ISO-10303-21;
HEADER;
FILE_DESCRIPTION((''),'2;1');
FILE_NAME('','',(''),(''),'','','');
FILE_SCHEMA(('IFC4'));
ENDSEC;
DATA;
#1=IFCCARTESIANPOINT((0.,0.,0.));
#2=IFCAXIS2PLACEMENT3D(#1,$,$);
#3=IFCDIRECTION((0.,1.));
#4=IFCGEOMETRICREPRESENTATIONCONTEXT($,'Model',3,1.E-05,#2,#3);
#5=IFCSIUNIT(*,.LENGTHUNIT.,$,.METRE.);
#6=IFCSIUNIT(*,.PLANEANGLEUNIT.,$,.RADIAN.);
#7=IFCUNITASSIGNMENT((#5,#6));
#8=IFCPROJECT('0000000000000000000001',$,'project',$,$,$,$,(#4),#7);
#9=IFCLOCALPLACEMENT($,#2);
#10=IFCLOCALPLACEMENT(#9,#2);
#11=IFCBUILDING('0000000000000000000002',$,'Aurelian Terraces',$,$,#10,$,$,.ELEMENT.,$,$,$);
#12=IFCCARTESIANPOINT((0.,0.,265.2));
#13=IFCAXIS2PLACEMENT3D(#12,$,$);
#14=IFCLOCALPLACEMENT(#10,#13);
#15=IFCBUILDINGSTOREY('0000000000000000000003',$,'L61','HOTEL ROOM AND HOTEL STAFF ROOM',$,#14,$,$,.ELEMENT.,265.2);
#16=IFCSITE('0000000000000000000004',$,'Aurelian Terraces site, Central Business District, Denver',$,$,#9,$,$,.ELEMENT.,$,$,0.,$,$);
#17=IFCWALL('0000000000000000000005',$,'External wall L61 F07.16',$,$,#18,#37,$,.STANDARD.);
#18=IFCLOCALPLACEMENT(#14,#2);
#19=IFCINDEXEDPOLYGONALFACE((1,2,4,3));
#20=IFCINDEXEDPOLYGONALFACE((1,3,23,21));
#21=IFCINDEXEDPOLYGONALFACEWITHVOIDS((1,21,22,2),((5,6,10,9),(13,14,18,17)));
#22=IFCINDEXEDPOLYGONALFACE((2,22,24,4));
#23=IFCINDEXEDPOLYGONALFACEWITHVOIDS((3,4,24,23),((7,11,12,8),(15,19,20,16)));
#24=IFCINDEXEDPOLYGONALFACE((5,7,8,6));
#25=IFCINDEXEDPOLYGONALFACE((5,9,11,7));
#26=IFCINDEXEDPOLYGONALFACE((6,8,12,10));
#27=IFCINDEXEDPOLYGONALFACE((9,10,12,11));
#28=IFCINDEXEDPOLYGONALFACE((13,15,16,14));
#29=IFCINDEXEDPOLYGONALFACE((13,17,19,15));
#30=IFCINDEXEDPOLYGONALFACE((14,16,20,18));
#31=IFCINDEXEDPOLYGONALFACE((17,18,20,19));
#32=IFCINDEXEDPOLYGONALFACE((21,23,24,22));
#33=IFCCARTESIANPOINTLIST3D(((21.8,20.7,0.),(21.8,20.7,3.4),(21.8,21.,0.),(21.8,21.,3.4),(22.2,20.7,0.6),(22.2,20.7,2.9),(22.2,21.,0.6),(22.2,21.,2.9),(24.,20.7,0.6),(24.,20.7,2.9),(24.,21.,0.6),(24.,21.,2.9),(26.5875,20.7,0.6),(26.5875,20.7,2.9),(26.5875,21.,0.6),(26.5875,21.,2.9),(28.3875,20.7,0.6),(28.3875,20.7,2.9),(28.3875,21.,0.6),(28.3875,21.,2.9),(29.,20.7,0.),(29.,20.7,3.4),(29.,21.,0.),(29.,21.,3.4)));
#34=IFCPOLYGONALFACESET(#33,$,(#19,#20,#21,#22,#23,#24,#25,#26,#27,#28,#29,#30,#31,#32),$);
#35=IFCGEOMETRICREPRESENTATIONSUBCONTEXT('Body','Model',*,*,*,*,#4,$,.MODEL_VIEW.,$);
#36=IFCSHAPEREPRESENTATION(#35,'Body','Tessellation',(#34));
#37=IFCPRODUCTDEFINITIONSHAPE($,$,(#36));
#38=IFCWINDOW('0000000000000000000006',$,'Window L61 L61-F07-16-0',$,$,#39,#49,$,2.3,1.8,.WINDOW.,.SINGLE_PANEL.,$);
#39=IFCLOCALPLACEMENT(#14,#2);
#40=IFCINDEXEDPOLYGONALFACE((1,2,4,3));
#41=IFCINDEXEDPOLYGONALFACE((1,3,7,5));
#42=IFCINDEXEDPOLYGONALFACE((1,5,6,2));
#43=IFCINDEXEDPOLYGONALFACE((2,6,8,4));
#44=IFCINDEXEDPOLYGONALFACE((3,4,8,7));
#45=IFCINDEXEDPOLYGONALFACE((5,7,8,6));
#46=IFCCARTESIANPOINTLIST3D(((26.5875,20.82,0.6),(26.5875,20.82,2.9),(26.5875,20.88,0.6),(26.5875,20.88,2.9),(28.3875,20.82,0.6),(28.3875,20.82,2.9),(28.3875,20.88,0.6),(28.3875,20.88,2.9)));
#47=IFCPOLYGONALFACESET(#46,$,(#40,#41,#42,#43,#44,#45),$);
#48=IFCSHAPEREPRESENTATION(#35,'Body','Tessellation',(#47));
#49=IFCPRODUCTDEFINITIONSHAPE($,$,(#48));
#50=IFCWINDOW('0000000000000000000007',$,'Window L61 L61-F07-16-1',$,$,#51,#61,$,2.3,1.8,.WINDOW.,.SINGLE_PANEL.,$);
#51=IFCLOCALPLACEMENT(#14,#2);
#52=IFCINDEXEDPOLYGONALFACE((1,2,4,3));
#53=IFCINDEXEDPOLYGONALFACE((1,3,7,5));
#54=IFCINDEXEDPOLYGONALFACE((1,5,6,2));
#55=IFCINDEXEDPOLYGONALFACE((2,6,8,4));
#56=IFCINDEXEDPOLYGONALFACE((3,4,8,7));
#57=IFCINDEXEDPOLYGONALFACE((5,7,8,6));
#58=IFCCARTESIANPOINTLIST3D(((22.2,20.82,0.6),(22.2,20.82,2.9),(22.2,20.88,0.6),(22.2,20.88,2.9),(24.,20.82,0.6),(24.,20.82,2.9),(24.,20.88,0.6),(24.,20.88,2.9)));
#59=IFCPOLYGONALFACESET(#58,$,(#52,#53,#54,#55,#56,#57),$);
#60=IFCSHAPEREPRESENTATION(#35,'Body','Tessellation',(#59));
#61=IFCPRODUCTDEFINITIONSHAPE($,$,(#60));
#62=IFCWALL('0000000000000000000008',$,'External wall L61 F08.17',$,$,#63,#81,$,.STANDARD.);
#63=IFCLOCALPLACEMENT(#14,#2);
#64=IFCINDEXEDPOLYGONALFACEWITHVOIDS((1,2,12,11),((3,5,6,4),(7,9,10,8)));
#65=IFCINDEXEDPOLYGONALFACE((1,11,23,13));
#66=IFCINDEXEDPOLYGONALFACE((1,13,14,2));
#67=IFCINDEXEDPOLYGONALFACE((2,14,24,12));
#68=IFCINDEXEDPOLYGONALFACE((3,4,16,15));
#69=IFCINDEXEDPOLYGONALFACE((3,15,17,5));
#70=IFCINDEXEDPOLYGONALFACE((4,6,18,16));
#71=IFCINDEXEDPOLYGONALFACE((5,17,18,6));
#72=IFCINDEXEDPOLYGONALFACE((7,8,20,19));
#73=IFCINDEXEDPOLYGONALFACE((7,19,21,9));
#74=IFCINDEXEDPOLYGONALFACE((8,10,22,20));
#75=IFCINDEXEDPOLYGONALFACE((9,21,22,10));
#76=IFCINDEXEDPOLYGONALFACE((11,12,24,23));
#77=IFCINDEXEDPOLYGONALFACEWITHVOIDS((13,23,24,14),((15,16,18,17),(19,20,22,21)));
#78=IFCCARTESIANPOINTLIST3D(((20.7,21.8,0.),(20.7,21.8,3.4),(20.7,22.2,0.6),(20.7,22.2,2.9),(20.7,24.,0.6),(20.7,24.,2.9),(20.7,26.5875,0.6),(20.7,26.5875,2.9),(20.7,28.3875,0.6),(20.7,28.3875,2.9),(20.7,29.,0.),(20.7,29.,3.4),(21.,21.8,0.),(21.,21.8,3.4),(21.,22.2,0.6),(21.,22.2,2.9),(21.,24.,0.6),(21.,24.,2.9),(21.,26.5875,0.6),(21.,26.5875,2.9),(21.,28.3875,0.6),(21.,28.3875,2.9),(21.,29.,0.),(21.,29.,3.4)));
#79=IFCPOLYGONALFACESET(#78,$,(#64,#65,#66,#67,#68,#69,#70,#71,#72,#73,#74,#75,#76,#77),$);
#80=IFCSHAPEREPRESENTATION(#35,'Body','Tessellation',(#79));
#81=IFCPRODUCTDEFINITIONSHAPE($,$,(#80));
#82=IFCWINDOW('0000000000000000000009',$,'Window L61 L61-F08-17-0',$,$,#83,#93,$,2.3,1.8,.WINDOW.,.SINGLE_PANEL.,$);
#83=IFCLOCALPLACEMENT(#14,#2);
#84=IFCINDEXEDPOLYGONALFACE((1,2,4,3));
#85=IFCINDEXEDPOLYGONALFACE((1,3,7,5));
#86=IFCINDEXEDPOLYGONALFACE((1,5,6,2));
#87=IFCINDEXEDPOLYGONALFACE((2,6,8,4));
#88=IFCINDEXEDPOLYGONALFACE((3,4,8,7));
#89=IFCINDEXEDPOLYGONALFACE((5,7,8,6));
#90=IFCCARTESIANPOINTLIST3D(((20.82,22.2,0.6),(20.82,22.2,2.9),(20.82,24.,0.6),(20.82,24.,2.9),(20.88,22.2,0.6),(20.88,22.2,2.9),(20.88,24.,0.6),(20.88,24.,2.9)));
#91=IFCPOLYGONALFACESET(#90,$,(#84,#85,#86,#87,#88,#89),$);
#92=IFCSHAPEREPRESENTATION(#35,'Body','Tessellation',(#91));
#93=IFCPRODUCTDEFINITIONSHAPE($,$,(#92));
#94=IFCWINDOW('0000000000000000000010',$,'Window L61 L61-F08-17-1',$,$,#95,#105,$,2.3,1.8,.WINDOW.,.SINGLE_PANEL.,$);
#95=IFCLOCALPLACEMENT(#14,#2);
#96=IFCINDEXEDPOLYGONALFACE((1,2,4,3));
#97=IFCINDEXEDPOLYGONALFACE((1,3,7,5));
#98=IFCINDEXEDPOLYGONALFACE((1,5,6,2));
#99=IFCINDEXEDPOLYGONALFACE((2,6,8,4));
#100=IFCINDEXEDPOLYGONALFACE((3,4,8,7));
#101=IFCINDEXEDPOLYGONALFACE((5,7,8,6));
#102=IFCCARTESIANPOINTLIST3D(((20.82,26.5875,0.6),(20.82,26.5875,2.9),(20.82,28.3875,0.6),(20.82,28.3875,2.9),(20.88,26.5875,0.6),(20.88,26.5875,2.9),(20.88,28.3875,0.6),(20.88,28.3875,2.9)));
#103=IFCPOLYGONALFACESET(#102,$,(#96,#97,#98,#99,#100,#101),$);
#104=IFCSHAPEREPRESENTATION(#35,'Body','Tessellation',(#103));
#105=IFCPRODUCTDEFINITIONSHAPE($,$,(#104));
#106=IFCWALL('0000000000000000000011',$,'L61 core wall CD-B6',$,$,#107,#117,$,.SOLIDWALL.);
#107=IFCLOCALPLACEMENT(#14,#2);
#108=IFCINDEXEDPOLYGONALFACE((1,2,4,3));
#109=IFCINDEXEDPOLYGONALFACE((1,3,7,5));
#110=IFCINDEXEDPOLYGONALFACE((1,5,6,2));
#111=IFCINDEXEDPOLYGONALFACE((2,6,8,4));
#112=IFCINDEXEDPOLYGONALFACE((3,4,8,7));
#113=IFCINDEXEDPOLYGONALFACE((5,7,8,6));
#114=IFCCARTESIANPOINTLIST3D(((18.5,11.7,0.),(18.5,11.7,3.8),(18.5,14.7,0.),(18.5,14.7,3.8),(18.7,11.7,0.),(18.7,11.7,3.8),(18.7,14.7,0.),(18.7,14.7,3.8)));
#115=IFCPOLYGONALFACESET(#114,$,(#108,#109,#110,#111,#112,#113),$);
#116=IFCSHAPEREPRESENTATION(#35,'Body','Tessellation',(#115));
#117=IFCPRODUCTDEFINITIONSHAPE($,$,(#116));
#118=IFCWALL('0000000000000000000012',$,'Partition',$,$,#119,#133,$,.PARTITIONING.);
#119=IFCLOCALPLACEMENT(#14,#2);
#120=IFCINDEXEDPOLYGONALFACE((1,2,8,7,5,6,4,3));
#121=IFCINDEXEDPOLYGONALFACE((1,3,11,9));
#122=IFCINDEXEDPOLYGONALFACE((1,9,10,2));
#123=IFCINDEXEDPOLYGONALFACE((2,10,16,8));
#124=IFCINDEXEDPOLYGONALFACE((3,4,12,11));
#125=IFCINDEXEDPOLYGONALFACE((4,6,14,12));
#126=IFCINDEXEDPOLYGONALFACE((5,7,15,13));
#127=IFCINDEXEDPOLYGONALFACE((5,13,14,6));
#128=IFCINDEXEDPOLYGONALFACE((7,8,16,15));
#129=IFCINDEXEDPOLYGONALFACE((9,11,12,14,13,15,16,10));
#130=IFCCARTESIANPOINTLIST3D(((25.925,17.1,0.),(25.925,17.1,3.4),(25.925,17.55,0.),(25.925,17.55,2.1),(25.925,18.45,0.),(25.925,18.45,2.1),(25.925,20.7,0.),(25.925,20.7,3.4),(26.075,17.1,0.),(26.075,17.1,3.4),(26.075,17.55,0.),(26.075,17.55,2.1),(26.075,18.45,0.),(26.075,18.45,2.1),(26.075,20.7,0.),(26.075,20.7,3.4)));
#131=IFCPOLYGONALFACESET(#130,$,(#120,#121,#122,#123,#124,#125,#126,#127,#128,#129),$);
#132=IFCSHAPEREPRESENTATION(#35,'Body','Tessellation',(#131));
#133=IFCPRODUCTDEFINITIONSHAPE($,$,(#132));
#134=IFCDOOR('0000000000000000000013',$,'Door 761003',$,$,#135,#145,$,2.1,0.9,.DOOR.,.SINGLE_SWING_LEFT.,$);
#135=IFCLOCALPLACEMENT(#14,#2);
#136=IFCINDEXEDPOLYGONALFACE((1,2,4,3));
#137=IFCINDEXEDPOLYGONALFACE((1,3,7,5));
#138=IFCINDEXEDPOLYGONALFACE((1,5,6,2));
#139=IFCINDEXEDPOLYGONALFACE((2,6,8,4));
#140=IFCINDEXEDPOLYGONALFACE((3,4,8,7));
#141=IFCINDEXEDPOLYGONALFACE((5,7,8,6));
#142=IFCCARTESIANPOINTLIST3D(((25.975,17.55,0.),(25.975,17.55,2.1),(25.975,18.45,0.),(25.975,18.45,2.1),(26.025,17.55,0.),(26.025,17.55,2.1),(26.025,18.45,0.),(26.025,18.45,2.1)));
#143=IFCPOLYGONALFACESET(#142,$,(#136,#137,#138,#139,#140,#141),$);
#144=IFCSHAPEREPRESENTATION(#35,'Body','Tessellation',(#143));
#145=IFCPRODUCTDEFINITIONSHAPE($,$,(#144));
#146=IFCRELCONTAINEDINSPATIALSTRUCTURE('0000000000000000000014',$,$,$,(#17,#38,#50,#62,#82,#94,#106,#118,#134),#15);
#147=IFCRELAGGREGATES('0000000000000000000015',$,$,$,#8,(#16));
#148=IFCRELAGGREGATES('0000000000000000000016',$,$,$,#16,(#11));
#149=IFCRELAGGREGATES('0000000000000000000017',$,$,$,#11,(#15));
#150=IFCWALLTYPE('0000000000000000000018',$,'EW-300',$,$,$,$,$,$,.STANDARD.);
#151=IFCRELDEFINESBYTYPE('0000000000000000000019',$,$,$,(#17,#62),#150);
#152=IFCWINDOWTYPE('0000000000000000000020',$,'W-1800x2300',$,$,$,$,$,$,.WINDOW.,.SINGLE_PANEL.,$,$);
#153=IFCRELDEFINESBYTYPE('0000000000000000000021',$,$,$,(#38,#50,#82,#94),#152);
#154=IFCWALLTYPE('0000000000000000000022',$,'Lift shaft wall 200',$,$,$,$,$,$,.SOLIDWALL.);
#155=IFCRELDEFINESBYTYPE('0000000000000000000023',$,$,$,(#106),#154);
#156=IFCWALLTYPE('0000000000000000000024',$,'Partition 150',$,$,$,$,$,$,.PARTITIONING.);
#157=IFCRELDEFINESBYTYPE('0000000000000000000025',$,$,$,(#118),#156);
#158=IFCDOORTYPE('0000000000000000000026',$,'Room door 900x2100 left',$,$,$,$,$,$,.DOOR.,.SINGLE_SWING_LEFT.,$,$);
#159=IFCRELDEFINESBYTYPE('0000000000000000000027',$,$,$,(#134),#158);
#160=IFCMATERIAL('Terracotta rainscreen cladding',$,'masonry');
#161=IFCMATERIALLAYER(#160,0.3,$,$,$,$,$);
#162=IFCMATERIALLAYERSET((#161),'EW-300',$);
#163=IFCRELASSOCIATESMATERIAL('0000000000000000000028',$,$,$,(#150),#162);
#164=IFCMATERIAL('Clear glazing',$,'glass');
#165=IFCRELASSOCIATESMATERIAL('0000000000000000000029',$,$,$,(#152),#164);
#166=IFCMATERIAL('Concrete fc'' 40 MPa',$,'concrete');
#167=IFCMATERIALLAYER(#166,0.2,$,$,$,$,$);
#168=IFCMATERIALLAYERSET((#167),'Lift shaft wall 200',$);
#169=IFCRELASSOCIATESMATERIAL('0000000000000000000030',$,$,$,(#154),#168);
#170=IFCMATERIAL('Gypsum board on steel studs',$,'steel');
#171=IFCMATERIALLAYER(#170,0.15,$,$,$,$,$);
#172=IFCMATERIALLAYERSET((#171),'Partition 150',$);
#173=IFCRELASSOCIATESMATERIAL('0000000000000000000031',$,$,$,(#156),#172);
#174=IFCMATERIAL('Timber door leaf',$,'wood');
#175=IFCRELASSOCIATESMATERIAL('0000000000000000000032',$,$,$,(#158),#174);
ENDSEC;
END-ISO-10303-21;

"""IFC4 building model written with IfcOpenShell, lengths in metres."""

from ifc_helpers import new_model, si_unit, direction, frame, frame_2d, origin, place, context, subcontext, project, spatial, rectangle, extrude, source, transform, mapped, material, layer, layer_set, type_object, element, fill, save


model = new_model("IFC4")

# Units and contexts
model_context = context("Model", 3, precision=1e-05, world=origin(), true_north=direction((0.0, 1.0)))
body_context = subcontext(model_context, "Body", "Model", "MODEL_VIEW")
ifc_project = project(units=[si_unit("LENGTHUNIT", "METRE"), si_unit("PLANEANGLEUNIT", "RADIAN")], contexts=[model_context])

# Site, building, storey
site_placement = place(None, origin())
site = spatial("IfcSite", under=ifc_project, at=site_placement, Name="Aurelian Terraces site, Central Business District, Denver", CompositionType="ELEMENT", RefElevation=0.0)
building_placement = place(site_placement, origin())
building = spatial("IfcBuilding", under=site, at=building_placement, Name="Aurelian Terraces", CompositionType="ELEMENT")
storey_placement = place(building_placement, frame((0.0, 0.0, 265.2)))
storey = spatial("IfcBuildingStorey", under=building, at=storey_placement, Name="L61", Description="HOTEL ROOM AND HOTEL STAFF ROOM", CompositionType="ELEMENT", Elevation=265.2)

# Walls, openings, windows
ifc_material_1 = material(Name="Terracotta rainscreen cladding", Category="masonry")
ifc_layer_1 = layer(ifc_material_1, 0.3)
ifc_layer_set_1 = layer_set([ifc_layer_1], Name="EW-300")
wall_type_1 = type_object("IfcWallType", Name="EW-300", PredefinedType="STANDARD", material=ifc_layer_set_1)
shared_shape_1 = source(origin(), body_context, "Body", "SweptSolid", [
    extrude(rectangle(XDim=7.2, YDim=0.3, at=frame_2d((3.6, 0.0))), origin(), (0.0, 0.0, 1.0), 3.4),
])
wall_1_placement = place(storey_placement, frame((29.0, 20.85, 0.0), z_axis=(0.0, 0.0, 1.0), x_axis=(-1.0, 0.0, 0.0)))
wall_1 = element("IfcWall", 1, at=wall_1_placement, inside=storey, type_object=wall_type_1, Name="External wall L61 F07.16", PredefinedType="STANDARD", context=body_context, shape_type="MappedRepresentation", body=[
    mapped(shared_shape_1, transform((0.0, 0.0, 0.0), scale=1.0)),
])
shared_shape_2 = source(origin(), body_context, "Body", "SweptSolid", [
    extrude(rectangle(XDim=1.8, YDim=2.3, at=frame_2d((0.9, 1.15))), frame((0.0, 0.16, 0.0), z_axis=(0.0, -1.0, 0.0), x_axis=(1.0, 0.0, 0.0)), (0.0, 0.0, 1.0), 0.32),
])
opening_1_placement = place(wall_1_placement, frame((0.6125, 0.0, 0.6)))
opening_1 = element("IfcOpeningElement", 2, at=opening_1_placement, cuts=wall_1, PredefinedType="OPENING", context=body_context, shape_type="MappedRepresentation", body=[
    mapped(shared_shape_2, transform((0.0, 0.0, 0.0), scale=1.0)),
])
opening_2_placement = place(wall_1_placement, frame((5.0, 0.0, 0.6)))
opening_2 = element("IfcOpeningElement", 3, at=opening_2_placement, cuts=wall_1, PredefinedType="OPENING", context=body_context, shape_type="MappedRepresentation", body=[
    mapped(shared_shape_2, transform((0.0, 0.0, 0.0), scale=1.0)),
])
ifc_material_2 = material(Name="Clear glazing", Category="glass")
window_type = type_object("IfcWindowType", Name="W-1800x2300", PartitioningType="SINGLE_PANEL", PredefinedType="WINDOW", material=ifc_material_2)
shared_shape_3 = source(origin(), body_context, "Body", "SweptSolid", [
    extrude(rectangle(XDim=1.8, YDim=2.3, at=frame_2d((0.9, 1.15))), frame((0.0, 0.03, 0.0), z_axis=(0.0, -1.0, 0.0), x_axis=(1.0, 0.0, 0.0)), (0.0, 0.0, 1.0), 0.06),
])
window_1_placement = place(opening_1_placement, origin())
window_1 = element("IfcWindow", 4, at=window_1_placement, inside=storey, type_object=window_type, Name="Window L61 L61-F07-16-0", OverallHeight=2.3, OverallWidth=1.8, PartitioningType="SINGLE_PANEL", PredefinedType="WINDOW", context=body_context, shape_type="MappedRepresentation", body=[
    mapped(shared_shape_3, transform((0.0, 0.0, 0.0), scale=1.0)),
])
fill(opening_1, window_1)
window_2_placement = place(opening_2_placement, origin())
window_2 = element("IfcWindow", 5, at=window_2_placement, inside=storey, type_object=window_type, Name="Window L61 L61-F07-16-1", OverallHeight=2.3, OverallWidth=1.8, PartitioningType="SINGLE_PANEL", PredefinedType="WINDOW", context=body_context, shape_type="MappedRepresentation", body=[
    mapped(shared_shape_3, transform((0.0, 0.0, 0.0), scale=1.0)),
])
fill(opening_2, window_2)
wall_2_placement = place(storey_placement, frame((20.85, 21.8, 0.0), z_axis=(0.0, 0.0, 1.0), x_axis=(0.0, 1.0, 0.0)))
wall_2 = element("IfcWall", 6, at=wall_2_placement, inside=storey, type_object=wall_type_1, Name="External wall L61 F08.17", PredefinedType="STANDARD", context=body_context, shape_type="MappedRepresentation", body=[
    mapped(shared_shape_1, transform((0.0, 0.0, 0.0), scale=1.0)),
])
opening_3_placement = place(wall_2_placement, frame((0.4, 0.0, 0.6)))
opening_3 = element("IfcOpeningElement", 7, at=opening_3_placement, cuts=wall_2, PredefinedType="OPENING", context=body_context, shape_type="MappedRepresentation", body=[
    mapped(shared_shape_2, transform((0.0, 0.0, 0.0), scale=1.0)),
])
opening_4_placement = place(wall_2_placement, frame((4.7875, 0.0, 0.6)))
opening_4 = element("IfcOpeningElement", 8, at=opening_4_placement, cuts=wall_2, PredefinedType="OPENING", context=body_context, shape_type="MappedRepresentation", body=[
    mapped(shared_shape_2, transform((0.0, 0.0, 0.0), scale=1.0)),
])
window_3_placement = place(opening_3_placement, origin())
window_3 = element("IfcWindow", 9, at=window_3_placement, inside=storey, type_object=window_type, Name="Window L61 L61-F08-17-0", OverallHeight=2.3, OverallWidth=1.8, PartitioningType="SINGLE_PANEL", PredefinedType="WINDOW", context=body_context, shape_type="MappedRepresentation", body=[
    mapped(shared_shape_3, transform((0.0, 0.0, 0.0), scale=1.0)),
])
fill(opening_3, window_3)
window_4_placement = place(opening_4_placement, origin())
window_4 = element("IfcWindow", 10, at=window_4_placement, inside=storey, type_object=window_type, Name="Window L61 L61-F08-17-1", OverallHeight=2.3, OverallWidth=1.8, PartitioningType="SINGLE_PANEL", PredefinedType="WINDOW", context=body_context, shape_type="MappedRepresentation", body=[
    mapped(shared_shape_3, transform((0.0, 0.0, 0.0), scale=1.0)),
])
fill(opening_4, window_4)

# Wall
ifc_material_3 = material(Name="Concrete fc' 40 MPa", Category="concrete")
ifc_layer_2 = layer(ifc_material_3, 0.2)
ifc_layer_set_2 = layer_set([ifc_layer_2], Name="Lift shaft wall 200")
wall_type_2 = type_object("IfcWallType", Name="Lift shaft wall 200", PredefinedType="SOLIDWALL", material=ifc_layer_set_2)
shared_shape_4 = source(origin(), body_context, "Body", "SweptSolid", [
    extrude(rectangle(XDim=3.0, YDim=0.2, at=frame_2d((1.5, 0.0))), origin(), (0.0, 0.0, 1.0), 3.8),
])
wall_3_placement = place(storey_placement, frame((18.6, 11.7, 0.0), z_axis=(0.0, 0.0, 1.0), x_axis=(0.0, 1.0, 0.0)))
element("IfcWall", 11, at=wall_3_placement, inside=storey, type_object=wall_type_2, Name="L61 core wall CD-B6", PredefinedType="SOLIDWALL", context=body_context, shape_type="MappedRepresentation", body=[
    mapped(shared_shape_4, transform((0.0, 0.0, 0.0), scale=1.0)),
])

# Wall, opening, door
ifc_material_4 = material(Name="Gypsum board on steel studs", Category="steel")
ifc_layer_3 = layer(ifc_material_4, 0.15)
ifc_layer_set_3 = layer_set([ifc_layer_3], Name="Partition 150")
wall_type_3 = type_object("IfcWallType", Name="Partition 150", PredefinedType="PARTITIONING", material=ifc_layer_set_3)
shared_shape_5 = source(origin(), body_context, "Body", "SweptSolid", [
    extrude(rectangle(XDim=3.6, YDim=0.15, at=frame_2d((1.8, 0.0))), origin(), (0.0, 0.0, 1.0), 3.4),
])
wall_4_placement = place(storey_placement, frame((26.0, 20.7, 0.0), z_axis=(0.0, 0.0, 1.0), x_axis=(0.0, -1.0, 0.0)))
wall_4 = element("IfcWall", 12, at=wall_4_placement, inside=storey, type_object=wall_type_3, Name="Partition", PredefinedType="PARTITIONING", context=body_context, shape_type="MappedRepresentation", body=[
    mapped(shared_shape_5, transform((0.0, 0.0, 0.0), scale=1.0)),
])
shared_shape_6 = source(origin(), body_context, "Body", "SweptSolid", [
    extrude(rectangle(XDim=0.9, YDim=2.1, at=frame_2d((0.45, 1.05))), frame((0.0, 0.085, 0.0), z_axis=(0.0, -1.0, 0.0), x_axis=(1.0, 0.0, 0.0)), (0.0, 0.0, 1.0), 0.17),
])
opening_5_placement = place(wall_4_placement, frame((2.25, 0.0, 0.0)))
opening_5 = element("IfcOpeningElement", 13, at=opening_5_placement, cuts=wall_4, PredefinedType="OPENING", context=body_context, shape_type="MappedRepresentation", body=[
    mapped(shared_shape_6, transform((0.0, 0.0, 0.0), scale=1.0)),
])
ifc_material_5 = material(Name="Timber door leaf", Category="wood")
door_type_1 = type_object("IfcDoorType", Name="Room door 900x2100 left", OperationType="SINGLE_SWING_LEFT", PredefinedType="DOOR", material=ifc_material_5)
shared_shape_7 = source(origin(), body_context, "Body", "SweptSolid", [
    extrude(rectangle(XDim=0.9, YDim=2.1, at=frame_2d((0.45, 1.05))), frame((0.0, 0.025, 0.0), z_axis=(0.0, -1.0, 0.0), x_axis=(1.0, 0.0, 0.0)), (0.0, 0.0, 1.0), 0.05),
])
door_1_placement = place(opening_5_placement, origin())
door_1 = element("IfcDoor", 14, at=door_1_placement, inside=storey, type_object=door_type_1, Name="Door 761003", OperationType="SINGLE_SWING_LEFT", OverallHeight=2.1, OverallWidth=0.9, PredefinedType="DOOR", context=body_context, shape_type="MappedRepresentation", body=[
    mapped(shared_shape_7, transform((0.0, 0.0, 0.0), scale=1.0)),
])
fill(opening_5, door_1)

save(model, "model.ifc")
